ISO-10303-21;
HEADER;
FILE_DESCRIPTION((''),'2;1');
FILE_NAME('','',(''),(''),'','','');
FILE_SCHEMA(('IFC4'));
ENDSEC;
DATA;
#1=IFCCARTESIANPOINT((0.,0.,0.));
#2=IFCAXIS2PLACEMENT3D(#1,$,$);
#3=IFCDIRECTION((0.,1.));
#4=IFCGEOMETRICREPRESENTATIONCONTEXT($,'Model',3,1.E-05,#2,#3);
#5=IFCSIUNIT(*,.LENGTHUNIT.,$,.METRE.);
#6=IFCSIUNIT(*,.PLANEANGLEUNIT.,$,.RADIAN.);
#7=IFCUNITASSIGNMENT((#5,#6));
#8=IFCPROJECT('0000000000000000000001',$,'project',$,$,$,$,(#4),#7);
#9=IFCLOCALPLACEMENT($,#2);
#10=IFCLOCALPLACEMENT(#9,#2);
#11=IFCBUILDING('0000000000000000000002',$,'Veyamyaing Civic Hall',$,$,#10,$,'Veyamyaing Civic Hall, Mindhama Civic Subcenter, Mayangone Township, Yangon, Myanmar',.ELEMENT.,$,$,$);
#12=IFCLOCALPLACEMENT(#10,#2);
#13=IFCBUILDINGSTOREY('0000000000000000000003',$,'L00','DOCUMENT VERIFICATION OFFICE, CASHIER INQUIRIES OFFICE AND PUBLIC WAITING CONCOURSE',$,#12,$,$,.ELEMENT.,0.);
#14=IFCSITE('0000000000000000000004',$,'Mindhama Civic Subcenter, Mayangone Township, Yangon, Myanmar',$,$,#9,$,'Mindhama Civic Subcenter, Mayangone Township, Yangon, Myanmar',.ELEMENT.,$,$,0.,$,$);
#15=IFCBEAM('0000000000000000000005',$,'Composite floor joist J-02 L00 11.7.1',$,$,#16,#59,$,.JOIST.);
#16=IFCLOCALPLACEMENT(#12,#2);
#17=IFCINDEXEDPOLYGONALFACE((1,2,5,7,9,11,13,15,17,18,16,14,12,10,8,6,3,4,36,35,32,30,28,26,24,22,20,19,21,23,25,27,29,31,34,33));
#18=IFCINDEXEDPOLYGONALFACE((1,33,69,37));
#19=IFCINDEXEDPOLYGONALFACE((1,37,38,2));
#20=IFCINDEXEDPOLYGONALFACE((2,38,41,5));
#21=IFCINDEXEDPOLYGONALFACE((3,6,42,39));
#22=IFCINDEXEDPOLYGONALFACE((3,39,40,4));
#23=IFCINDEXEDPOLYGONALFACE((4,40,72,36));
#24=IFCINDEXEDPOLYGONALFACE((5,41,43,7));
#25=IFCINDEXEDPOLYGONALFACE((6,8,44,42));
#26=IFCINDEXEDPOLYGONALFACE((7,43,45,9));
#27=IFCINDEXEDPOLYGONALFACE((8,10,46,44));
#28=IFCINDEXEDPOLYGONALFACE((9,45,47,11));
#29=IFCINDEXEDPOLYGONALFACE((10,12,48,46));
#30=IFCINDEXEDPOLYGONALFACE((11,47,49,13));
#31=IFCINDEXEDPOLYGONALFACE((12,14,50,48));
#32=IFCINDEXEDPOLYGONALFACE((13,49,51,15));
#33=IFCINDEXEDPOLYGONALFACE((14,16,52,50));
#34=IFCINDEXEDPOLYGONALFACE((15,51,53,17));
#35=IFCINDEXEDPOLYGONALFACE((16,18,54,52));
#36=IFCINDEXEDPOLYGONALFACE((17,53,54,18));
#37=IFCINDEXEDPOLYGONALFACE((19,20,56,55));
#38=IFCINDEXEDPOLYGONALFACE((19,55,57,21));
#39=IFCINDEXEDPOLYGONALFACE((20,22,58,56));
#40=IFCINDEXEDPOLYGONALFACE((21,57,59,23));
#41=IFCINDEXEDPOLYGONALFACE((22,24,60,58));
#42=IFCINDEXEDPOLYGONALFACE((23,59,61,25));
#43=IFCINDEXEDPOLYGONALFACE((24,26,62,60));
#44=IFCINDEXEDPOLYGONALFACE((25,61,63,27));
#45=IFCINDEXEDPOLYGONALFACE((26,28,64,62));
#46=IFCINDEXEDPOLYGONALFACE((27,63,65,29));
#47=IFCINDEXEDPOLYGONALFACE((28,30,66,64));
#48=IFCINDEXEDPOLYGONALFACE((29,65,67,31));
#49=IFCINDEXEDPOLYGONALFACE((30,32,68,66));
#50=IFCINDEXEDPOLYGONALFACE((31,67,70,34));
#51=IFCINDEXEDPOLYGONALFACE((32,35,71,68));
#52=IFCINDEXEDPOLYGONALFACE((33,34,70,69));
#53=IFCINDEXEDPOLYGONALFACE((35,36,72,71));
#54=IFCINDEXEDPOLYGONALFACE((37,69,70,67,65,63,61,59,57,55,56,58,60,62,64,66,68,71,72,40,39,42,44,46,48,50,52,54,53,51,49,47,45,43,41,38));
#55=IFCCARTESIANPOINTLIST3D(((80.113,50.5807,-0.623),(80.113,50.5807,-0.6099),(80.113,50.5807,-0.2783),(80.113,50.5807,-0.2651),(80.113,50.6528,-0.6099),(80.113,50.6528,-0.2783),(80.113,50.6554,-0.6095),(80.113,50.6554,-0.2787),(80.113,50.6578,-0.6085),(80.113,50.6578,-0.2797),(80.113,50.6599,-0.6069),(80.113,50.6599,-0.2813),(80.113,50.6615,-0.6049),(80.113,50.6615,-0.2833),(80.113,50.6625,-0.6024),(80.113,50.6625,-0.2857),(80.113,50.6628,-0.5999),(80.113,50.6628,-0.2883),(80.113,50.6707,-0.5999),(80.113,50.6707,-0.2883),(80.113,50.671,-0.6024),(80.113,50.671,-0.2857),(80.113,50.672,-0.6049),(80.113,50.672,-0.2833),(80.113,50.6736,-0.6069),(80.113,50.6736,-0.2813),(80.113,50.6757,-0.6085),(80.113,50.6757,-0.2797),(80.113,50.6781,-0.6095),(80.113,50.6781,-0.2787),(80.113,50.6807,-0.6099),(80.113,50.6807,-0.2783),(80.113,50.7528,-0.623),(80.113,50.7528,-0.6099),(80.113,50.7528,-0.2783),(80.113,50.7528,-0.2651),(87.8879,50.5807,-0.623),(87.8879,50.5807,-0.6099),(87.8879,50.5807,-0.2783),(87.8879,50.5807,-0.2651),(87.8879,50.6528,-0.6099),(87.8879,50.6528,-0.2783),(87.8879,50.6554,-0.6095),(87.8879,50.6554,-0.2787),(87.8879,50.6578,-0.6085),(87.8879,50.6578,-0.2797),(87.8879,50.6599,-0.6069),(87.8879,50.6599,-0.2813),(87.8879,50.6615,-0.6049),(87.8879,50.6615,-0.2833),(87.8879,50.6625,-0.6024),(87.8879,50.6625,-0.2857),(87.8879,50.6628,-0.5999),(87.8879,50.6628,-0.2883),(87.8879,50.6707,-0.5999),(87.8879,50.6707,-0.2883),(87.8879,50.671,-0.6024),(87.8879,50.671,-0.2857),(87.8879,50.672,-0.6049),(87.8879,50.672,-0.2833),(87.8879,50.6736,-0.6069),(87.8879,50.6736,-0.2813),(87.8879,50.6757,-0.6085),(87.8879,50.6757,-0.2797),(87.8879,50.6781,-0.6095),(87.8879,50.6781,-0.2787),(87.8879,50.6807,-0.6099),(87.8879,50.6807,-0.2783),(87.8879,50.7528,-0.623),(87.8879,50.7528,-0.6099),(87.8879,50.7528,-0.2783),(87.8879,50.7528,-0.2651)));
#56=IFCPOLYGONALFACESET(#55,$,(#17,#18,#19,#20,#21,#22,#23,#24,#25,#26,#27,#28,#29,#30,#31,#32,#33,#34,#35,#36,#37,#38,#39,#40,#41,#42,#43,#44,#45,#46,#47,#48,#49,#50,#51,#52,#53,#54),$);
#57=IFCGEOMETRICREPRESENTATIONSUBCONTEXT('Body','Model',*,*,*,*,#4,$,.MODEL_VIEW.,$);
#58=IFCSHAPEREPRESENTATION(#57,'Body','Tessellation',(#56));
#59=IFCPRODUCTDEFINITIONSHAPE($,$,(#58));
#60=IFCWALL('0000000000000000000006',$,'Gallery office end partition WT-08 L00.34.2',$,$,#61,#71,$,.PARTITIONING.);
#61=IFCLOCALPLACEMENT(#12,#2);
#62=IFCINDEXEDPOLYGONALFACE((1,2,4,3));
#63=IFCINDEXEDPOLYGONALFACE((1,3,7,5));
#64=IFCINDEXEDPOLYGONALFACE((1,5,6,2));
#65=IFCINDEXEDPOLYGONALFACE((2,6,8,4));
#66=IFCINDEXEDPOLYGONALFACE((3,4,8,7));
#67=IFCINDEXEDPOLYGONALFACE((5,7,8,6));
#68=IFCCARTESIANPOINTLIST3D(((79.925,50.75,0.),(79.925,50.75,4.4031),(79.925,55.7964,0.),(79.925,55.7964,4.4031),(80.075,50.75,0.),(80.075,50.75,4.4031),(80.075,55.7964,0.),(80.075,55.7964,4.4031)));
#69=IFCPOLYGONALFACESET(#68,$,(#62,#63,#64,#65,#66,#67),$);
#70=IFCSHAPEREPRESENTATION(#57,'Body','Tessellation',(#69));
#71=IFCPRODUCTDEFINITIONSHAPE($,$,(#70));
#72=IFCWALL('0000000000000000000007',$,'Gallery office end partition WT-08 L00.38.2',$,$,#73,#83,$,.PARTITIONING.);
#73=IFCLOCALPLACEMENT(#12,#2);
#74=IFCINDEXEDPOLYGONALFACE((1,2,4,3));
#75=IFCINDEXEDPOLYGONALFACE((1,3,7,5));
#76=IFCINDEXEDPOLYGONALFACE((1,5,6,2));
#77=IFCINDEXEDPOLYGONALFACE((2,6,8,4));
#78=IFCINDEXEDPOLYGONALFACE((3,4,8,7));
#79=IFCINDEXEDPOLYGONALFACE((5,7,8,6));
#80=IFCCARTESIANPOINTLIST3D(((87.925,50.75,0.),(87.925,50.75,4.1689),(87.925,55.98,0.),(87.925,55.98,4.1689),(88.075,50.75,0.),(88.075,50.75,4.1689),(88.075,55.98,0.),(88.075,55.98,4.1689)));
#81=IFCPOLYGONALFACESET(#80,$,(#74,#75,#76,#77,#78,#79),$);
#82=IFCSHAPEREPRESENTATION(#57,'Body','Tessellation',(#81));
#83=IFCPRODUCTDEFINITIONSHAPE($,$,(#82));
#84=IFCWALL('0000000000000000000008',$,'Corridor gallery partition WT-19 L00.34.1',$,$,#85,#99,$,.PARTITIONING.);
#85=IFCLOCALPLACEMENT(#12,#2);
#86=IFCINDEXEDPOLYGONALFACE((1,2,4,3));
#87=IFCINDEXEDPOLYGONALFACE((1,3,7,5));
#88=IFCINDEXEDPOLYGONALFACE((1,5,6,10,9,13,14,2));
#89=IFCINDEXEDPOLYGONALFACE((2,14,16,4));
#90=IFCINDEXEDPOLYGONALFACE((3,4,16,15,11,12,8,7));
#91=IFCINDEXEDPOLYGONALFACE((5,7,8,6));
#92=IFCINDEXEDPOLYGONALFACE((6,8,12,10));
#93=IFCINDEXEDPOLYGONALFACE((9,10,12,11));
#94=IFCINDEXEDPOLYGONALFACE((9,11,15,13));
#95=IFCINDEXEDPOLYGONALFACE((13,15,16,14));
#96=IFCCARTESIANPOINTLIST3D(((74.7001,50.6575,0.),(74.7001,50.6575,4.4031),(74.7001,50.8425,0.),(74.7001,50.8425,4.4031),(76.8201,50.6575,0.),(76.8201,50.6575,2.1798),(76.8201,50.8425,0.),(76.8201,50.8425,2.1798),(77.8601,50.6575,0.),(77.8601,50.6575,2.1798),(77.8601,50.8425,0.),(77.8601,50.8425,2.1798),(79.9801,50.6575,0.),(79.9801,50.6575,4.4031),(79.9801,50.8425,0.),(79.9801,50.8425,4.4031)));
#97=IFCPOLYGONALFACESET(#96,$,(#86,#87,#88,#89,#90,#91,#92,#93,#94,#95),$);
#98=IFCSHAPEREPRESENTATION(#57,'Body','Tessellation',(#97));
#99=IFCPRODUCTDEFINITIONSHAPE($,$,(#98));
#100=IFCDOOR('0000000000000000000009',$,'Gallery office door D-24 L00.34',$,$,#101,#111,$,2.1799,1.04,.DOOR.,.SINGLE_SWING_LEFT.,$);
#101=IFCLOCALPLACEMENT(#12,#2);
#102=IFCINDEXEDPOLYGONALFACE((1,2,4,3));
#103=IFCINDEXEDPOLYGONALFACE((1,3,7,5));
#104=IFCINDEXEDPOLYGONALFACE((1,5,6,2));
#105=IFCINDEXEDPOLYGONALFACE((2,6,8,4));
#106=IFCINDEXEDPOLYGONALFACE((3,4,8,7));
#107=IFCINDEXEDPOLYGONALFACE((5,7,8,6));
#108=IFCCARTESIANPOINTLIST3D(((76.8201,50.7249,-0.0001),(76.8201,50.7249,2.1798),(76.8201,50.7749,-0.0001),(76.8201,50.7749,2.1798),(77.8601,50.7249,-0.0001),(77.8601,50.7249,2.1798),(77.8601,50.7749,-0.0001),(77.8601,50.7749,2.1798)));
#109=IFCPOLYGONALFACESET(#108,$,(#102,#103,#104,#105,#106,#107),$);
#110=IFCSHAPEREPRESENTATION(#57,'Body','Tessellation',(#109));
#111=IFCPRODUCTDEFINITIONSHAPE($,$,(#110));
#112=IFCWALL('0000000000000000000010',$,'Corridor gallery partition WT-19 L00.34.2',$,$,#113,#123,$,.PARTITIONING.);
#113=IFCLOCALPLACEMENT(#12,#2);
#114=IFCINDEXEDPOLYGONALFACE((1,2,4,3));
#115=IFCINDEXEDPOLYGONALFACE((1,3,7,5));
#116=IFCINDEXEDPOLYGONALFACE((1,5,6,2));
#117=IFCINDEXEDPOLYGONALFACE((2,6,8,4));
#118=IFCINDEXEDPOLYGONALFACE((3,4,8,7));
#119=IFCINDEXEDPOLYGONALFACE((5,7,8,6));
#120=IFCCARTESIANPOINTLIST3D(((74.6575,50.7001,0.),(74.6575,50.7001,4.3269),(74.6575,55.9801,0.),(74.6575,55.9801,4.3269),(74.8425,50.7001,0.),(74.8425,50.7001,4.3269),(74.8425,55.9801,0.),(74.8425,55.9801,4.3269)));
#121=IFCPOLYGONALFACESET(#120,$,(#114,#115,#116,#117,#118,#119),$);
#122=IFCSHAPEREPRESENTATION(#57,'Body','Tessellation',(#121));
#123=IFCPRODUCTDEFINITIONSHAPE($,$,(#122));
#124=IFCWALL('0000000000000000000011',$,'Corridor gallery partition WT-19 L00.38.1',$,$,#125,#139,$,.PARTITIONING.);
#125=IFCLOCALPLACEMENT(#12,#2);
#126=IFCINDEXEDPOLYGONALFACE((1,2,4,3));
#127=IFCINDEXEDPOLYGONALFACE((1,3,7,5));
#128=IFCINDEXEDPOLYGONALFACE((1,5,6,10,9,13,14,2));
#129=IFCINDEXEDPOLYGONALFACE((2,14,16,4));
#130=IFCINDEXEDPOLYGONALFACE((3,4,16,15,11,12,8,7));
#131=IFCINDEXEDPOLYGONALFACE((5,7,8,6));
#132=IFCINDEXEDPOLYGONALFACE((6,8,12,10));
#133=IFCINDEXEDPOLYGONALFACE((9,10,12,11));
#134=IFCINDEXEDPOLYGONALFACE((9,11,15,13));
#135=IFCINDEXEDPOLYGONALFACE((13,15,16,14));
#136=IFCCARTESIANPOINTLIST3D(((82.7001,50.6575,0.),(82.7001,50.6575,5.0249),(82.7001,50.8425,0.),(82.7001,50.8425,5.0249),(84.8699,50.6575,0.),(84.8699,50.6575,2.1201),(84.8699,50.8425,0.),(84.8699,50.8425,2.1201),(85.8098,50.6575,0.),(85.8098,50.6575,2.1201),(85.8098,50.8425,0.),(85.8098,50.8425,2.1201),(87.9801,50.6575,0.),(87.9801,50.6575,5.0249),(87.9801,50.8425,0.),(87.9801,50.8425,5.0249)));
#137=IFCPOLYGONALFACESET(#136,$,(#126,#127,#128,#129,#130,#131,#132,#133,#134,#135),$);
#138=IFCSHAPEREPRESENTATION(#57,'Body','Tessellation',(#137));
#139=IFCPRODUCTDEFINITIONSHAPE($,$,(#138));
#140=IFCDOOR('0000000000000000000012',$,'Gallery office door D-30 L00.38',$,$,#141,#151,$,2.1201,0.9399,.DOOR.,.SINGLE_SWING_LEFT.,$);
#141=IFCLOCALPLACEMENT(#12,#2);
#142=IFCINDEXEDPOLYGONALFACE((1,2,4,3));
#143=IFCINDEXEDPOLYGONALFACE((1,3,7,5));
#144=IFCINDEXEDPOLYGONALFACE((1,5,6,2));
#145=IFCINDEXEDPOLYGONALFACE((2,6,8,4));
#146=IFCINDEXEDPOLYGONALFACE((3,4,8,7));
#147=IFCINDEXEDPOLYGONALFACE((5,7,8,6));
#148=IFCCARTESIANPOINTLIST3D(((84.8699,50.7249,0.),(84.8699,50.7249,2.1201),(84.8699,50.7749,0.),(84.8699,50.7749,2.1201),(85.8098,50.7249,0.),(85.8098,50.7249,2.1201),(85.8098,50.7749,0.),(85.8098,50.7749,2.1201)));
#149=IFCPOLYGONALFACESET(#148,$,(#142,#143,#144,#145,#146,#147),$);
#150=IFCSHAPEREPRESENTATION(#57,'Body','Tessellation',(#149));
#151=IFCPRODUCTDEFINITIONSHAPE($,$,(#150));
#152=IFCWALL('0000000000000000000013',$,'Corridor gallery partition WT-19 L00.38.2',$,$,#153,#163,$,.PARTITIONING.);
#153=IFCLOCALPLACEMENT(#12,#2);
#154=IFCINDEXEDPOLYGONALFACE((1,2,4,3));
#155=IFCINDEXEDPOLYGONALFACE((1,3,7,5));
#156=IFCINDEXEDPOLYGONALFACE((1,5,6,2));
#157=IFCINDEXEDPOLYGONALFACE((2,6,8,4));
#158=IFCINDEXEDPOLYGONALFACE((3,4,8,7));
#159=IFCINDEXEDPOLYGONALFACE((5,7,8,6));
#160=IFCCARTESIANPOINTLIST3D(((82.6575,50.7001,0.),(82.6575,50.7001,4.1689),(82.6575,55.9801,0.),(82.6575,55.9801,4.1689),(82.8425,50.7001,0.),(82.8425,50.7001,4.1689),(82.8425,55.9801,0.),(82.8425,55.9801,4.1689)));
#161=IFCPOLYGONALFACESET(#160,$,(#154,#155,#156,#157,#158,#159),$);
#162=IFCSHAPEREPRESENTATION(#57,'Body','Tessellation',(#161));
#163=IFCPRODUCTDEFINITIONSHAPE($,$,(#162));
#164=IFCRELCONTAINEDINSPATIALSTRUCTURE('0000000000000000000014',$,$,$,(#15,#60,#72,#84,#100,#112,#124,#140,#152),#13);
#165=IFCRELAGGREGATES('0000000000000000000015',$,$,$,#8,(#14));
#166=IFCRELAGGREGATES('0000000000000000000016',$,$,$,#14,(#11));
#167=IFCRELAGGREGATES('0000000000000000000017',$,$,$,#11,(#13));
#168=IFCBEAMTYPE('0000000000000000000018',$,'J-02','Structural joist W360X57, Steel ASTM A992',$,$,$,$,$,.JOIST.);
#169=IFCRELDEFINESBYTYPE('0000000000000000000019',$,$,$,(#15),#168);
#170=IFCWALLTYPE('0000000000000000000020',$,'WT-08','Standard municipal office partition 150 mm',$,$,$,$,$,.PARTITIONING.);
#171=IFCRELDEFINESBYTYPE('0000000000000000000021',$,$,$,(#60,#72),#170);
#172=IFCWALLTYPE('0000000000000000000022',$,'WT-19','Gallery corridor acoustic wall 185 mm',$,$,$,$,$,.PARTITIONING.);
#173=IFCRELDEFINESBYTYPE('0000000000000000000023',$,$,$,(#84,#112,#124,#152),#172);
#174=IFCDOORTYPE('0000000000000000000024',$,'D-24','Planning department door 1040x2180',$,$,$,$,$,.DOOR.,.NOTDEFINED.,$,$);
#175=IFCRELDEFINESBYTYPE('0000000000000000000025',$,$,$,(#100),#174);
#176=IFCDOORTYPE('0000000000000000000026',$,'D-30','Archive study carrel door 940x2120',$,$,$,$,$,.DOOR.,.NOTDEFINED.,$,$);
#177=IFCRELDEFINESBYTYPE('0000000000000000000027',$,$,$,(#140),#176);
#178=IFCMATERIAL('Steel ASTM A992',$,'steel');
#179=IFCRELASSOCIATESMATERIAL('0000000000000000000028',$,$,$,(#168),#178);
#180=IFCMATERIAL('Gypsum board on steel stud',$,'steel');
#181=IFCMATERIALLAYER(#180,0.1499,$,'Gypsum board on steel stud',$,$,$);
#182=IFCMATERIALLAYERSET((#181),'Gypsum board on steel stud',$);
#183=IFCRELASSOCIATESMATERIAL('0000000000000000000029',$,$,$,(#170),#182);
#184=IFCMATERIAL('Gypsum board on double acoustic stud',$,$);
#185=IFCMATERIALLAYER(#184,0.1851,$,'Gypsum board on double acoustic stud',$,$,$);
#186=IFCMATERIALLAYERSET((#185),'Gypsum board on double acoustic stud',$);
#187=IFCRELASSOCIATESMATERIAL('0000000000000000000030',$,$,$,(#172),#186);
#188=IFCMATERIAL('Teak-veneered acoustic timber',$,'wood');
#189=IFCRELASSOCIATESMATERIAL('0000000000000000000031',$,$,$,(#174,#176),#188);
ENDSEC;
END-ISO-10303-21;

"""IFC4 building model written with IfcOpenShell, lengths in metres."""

from ifc_helpers import new_model, si_unit, direction, frame, frame_2d, origin, origin_2d, place, context, subcontext, project, spatial, rectangle, i_section, extrude, material, layer, layer_set, material_profile, profile_set, type_object, element, fill, save


model = new_model("IFC4")

# Units and contexts
model_context = context("Model", 3, precision=1e-05, world=origin(), true_north=direction((0.0, 1.0)))
body_context = subcontext(model_context, "Body", "Model", "MODEL_VIEW")
ifc_project = project(units=[si_unit("LENGTHUNIT", "METRE"), si_unit("PLANEANGLEUNIT", "RADIAN")], contexts=[model_context])

# Site, building, storey
site_placement = place(None, origin())
site = spatial("IfcSite", under=ifc_project, at=site_placement, Name="Mindhama Civic Subcenter, Mayangone Township, Yangon, Myanmar", LongName="Mindhama Civic Subcenter, Mayangone Township, Yangon, Myanmar", CompositionType="ELEMENT", RefElevation=0.0)
building_placement = place(site_placement, origin())
building = spatial("IfcBuilding", under=site, at=building_placement, Name="Veyamyaing Civic Hall", LongName="Veyamyaing Civic Hall, Mindhama Civic Subcenter, Mayangone Township, Yangon, Myanmar", CompositionType="ELEMENT")
storey_placement = place(building_placement, origin())
storey = spatial("IfcBuildingStorey", under=building, at=storey_placement, Name="L00", Description="DOCUMENT VERIFICATION OFFICE, CASHIER INQUIRIES OFFICE AND PUBLIC WAITING CONCOURSE", CompositionType="ELEMENT", Elevation=0.0)

# Beam
ifc_material_1 = material(Name="Steel ASTM A992", Category="steel")
ifc_material_profile_1 = material_profile(ifc_material_1, i_section(OverallWidth=0.1721, OverallDepth=0.3579, WebThickness=0.0078, FlangeThickness=0.0132, FilletRadius=0.01, at=origin_2d()), Name="W360X57")
ifc_profile_set_1 = profile_set([ifc_material_profile_1], Name="Steel ASTM A992")
beam_type_1 = type_object("IfcBeamType", Name="J-02", Description="Structural joist W360X57, Steel ASTM A992", PredefinedType="JOIST", material=ifc_profile_set_1)
beam_1_placement = place(storey_placement, frame((80.113, 50.6667, -0.4441), z_axis=(1.0, 0.0, 0.0), x_axis=(0.0, 1.0, 0.0)))
element("IfcBeam", 1, at=beam_1_placement, inside=storey, type_object=beam_type_1, Name="Composite floor joist J-02 L00 11.7.1", PredefinedType="JOIST", context=body_context, shape_type="SweptSolid", body=[
    extrude(i_section(OverallWidth=0.1721, OverallDepth=0.3579, WebThickness=0.0078, FlangeThickness=0.0132, FilletRadius=0.01, at=origin_2d()), origin(), (0.0, 0.0, 1.0), 7.7749),
])

# Walls
ifc_material_2 = material(Name="Gypsum board on steel stud", Category="steel")
ifc_layer_1 = layer(ifc_material_2, 0.1499, Name="Gypsum board on steel stud")
ifc_layer_set_1 = layer_set([ifc_layer_1], Name="Gypsum board on steel stud")
wall_type_1 = type_object("IfcWallType", Name="WT-08", Description="Standard municipal office partition 150 mm", PredefinedType="PARTITIONING", material=ifc_layer_set_1)
wall_1_placement = place(storey_placement, frame((80.0, 50.75, 0.0), z_axis=(0.0, 0.0, 1.0), x_axis=(0.0, 1.0, 0.0)))
element("IfcWall", 2, at=wall_1_placement, inside=storey, type_object=wall_type_1, Name="Gallery office end partition WT-08 L00.34.2", PredefinedType="PARTITIONING", context=body_context, shape_type="SweptSolid", body=[
    extrude(rectangle(XDim=5.0464, YDim=0.1499, at=frame_2d((2.5232, 0.0))), origin(), (0.0, 0.0, 1.0), 4.4031),
])
wall_2_placement = place(storey_placement, frame((88.0, 50.75, 0.0), z_axis=(0.0, 0.0, 1.0), x_axis=(0.0, 1.0, 0.0)))
element("IfcWall", 3, at=wall_2_placement, inside=storey, type_object=wall_type_1, Name="Gallery office end partition WT-08 L00.38.2", PredefinedType="PARTITIONING", context=body_context, shape_type="SweptSolid", body=[
    extrude(rectangle(XDim=5.23, YDim=0.1499, at=frame_2d((2.615, 0.0))), origin(), (0.0, 0.0, 1.0), 4.1689),
])

# Wall, opening, door
ifc_material_3 = material(Name="Gypsum board on double acoustic stud")
ifc_layer_2 = layer(ifc_material_3, 0.1851, Name="Gypsum board on double acoustic stud")
ifc_layer_set_2 = layer_set([ifc_layer_2], Name="Gypsum board on double acoustic stud")
wall_type_2 = type_object("IfcWallType", Name="WT-19", Description="Gallery corridor acoustic wall 185 mm", PredefinedType="PARTITIONING", material=ifc_layer_set_2)
wall_3_placement = place(storey_placement, frame((74.7, 50.75, 0.0), z_axis=(0.0, 0.0, 1.0), x_axis=(1.0, 0.0, 0.0)))
wall_3 = element("IfcWall", 4, at=wall_3_placement, inside=storey, type_object=wall_type_2, Name="Corridor gallery partition WT-19 L00.34.1", PredefinedType="PARTITIONING", context=body_context, shape_type="SweptSolid", body=[
    extrude(rectangle(XDim=5.28, YDim=0.1851, at=frame_2d((2.6401, 0.0))), origin(), (0.0, 0.0, 1.0), 4.4031),
])
opening_1_placement = place(wall_3_placement, frame((2.1201, 0.0, 0.0)))
opening_1 = element("IfcOpeningElement", 5, at=opening_1_placement, cuts=wall_3, PredefinedType="OPENING", context=body_context, shape_type="SweptSolid", body=[
    extrude(rectangle(XDim=1.04, YDim=2.1799, at=frame_2d((0.52, 1.0898))), frame((0.0, 0.1025, 0.0), z_axis=(0.0, -1.0, 0.0), x_axis=(1.0, 0.0, 0.0)), (0.0, 0.0, 1.0), 0.2051),
])
ifc_material_4 = material(Name="Teak-veneered acoustic timber", Category="wood")
door_type_1 = type_object("IfcDoorType", Name="D-24", Description="Planning department door 1040x2180", OperationType="NOTDEFINED", PredefinedType="DOOR", material=ifc_material_4)
door_1_placement = place(opening_1_placement, origin())
door_1 = element("IfcDoor", 6, at=door_1_placement, inside=storey, type_object=door_type_1, Name="Gallery office door D-24 L00.34", OperationType="SINGLE_SWING_LEFT", OverallHeight=2.1799, OverallWidth=1.04, PredefinedType="DOOR", context=body_context, shape_type="SweptSolid", body=[
    extrude(rectangle(XDim=1.04, YDim=2.1799, at=frame_2d((0.52, 1.0898))), frame((0.0, 0.0249, 0.0), z_axis=(0.0, -1.0, 0.0), x_axis=(1.0, 0.0, 0.0)), (0.0, 0.0, 1.0), 0.05),
])
fill(opening_1, door_1)

# Wall
wall_4_placement = place(storey_placement, frame((74.75, 50.7, 0.0), z_axis=(0.0, 0.0, 1.0), x_axis=(0.0, 1.0, 0.0)))
element("IfcWall", 7, at=wall_4_placement, inside=storey, type_object=wall_type_2, Name="Corridor gallery partition WT-19 L00.34.2", PredefinedType="PARTITIONING", context=body_context, shape_type="SweptSolid", body=[
    extrude(rectangle(XDim=5.28, YDim=0.1851, at=frame_2d((2.6401, 0.0))), origin(), (0.0, 0.0, 1.0), 4.3269),
])

# Wall, opening, door
wall_5_placement = place(storey_placement, frame((82.7, 50.75, 0.0), z_axis=(0.0, 0.0, 1.0), x_axis=(1.0, 0.0, 0.0)))
wall_5 = element("IfcWall", 8, at=wall_5_placement, inside=storey, type_object=wall_type_2, Name="Corridor gallery partition WT-19 L00.38.1", PredefinedType="PARTITIONING", context=body_context, shape_type="SweptSolid", body=[
    extrude(rectangle(XDim=5.28, YDim=0.1851, at=frame_2d((2.6401, 0.0))), origin(), (0.0, 0.0, 1.0), 5.0249),
])
opening_2_placement = place(wall_5_placement, frame((2.1699, 0.0, 0.0)))
opening_2 = element("IfcOpeningElement", 9, at=opening_2_placement, cuts=wall_5, PredefinedType="OPENING", context=body_context, shape_type="SweptSolid", body=[
    extrude(rectangle(XDim=0.9399, YDim=2.1201, at=frame_2d((0.47, 1.0601))), frame((0.0, 0.1025, 0.0), z_axis=(0.0, -1.0, 0.0), x_axis=(1.0, 0.0, 0.0)), (0.0, 0.0, 1.0), 0.2051),
])
door_type_2 = type_object("IfcDoorType", Name="D-30", Description="Archive study carrel door 940x2120", OperationType="NOTDEFINED", PredefinedType="DOOR", material=ifc_material_4)
door_2_placement = place(opening_2_placement, origin())
door_2 = element("IfcDoor", 10, at=door_2_placement, inside=storey, type_object=door_type_2, Name="Gallery office door D-30 L00.38", OperationType="SINGLE_SWING_LEFT", OverallHeight=2.1201, OverallWidth=0.9399, PredefinedType="DOOR", context=body_context, shape_type="SweptSolid", body=[
    extrude(rectangle(XDim=0.9399, YDim=2.1201, at=frame_2d((0.47, 1.0601))), frame((0.0, 0.0249, 0.0), z_axis=(0.0, -1.0, 0.0), x_axis=(1.0, 0.0, 0.0)), (0.0, 0.0, 1.0), 0.05),
])
fill(opening_2, door_2)

# Wall
wall_6_placement = place(storey_placement, frame((82.75, 50.7, 0.0), z_axis=(0.0, 0.0, 1.0), x_axis=(0.0, 1.0, 0.0)))
element("IfcWall", 11, at=wall_6_placement, inside=storey, type_object=wall_type_2, Name="Corridor gallery partition WT-19 L00.38.2", PredefinedType="PARTITIONING", context=body_context, shape_type="SweptSolid", body=[
    extrude(rectangle(XDim=5.28, YDim=0.1851, at=frame_2d((2.6401, 0.0))), origin(), (0.0, 0.0, 1.0), 4.1689),
])

save(model, "model.ifc")
